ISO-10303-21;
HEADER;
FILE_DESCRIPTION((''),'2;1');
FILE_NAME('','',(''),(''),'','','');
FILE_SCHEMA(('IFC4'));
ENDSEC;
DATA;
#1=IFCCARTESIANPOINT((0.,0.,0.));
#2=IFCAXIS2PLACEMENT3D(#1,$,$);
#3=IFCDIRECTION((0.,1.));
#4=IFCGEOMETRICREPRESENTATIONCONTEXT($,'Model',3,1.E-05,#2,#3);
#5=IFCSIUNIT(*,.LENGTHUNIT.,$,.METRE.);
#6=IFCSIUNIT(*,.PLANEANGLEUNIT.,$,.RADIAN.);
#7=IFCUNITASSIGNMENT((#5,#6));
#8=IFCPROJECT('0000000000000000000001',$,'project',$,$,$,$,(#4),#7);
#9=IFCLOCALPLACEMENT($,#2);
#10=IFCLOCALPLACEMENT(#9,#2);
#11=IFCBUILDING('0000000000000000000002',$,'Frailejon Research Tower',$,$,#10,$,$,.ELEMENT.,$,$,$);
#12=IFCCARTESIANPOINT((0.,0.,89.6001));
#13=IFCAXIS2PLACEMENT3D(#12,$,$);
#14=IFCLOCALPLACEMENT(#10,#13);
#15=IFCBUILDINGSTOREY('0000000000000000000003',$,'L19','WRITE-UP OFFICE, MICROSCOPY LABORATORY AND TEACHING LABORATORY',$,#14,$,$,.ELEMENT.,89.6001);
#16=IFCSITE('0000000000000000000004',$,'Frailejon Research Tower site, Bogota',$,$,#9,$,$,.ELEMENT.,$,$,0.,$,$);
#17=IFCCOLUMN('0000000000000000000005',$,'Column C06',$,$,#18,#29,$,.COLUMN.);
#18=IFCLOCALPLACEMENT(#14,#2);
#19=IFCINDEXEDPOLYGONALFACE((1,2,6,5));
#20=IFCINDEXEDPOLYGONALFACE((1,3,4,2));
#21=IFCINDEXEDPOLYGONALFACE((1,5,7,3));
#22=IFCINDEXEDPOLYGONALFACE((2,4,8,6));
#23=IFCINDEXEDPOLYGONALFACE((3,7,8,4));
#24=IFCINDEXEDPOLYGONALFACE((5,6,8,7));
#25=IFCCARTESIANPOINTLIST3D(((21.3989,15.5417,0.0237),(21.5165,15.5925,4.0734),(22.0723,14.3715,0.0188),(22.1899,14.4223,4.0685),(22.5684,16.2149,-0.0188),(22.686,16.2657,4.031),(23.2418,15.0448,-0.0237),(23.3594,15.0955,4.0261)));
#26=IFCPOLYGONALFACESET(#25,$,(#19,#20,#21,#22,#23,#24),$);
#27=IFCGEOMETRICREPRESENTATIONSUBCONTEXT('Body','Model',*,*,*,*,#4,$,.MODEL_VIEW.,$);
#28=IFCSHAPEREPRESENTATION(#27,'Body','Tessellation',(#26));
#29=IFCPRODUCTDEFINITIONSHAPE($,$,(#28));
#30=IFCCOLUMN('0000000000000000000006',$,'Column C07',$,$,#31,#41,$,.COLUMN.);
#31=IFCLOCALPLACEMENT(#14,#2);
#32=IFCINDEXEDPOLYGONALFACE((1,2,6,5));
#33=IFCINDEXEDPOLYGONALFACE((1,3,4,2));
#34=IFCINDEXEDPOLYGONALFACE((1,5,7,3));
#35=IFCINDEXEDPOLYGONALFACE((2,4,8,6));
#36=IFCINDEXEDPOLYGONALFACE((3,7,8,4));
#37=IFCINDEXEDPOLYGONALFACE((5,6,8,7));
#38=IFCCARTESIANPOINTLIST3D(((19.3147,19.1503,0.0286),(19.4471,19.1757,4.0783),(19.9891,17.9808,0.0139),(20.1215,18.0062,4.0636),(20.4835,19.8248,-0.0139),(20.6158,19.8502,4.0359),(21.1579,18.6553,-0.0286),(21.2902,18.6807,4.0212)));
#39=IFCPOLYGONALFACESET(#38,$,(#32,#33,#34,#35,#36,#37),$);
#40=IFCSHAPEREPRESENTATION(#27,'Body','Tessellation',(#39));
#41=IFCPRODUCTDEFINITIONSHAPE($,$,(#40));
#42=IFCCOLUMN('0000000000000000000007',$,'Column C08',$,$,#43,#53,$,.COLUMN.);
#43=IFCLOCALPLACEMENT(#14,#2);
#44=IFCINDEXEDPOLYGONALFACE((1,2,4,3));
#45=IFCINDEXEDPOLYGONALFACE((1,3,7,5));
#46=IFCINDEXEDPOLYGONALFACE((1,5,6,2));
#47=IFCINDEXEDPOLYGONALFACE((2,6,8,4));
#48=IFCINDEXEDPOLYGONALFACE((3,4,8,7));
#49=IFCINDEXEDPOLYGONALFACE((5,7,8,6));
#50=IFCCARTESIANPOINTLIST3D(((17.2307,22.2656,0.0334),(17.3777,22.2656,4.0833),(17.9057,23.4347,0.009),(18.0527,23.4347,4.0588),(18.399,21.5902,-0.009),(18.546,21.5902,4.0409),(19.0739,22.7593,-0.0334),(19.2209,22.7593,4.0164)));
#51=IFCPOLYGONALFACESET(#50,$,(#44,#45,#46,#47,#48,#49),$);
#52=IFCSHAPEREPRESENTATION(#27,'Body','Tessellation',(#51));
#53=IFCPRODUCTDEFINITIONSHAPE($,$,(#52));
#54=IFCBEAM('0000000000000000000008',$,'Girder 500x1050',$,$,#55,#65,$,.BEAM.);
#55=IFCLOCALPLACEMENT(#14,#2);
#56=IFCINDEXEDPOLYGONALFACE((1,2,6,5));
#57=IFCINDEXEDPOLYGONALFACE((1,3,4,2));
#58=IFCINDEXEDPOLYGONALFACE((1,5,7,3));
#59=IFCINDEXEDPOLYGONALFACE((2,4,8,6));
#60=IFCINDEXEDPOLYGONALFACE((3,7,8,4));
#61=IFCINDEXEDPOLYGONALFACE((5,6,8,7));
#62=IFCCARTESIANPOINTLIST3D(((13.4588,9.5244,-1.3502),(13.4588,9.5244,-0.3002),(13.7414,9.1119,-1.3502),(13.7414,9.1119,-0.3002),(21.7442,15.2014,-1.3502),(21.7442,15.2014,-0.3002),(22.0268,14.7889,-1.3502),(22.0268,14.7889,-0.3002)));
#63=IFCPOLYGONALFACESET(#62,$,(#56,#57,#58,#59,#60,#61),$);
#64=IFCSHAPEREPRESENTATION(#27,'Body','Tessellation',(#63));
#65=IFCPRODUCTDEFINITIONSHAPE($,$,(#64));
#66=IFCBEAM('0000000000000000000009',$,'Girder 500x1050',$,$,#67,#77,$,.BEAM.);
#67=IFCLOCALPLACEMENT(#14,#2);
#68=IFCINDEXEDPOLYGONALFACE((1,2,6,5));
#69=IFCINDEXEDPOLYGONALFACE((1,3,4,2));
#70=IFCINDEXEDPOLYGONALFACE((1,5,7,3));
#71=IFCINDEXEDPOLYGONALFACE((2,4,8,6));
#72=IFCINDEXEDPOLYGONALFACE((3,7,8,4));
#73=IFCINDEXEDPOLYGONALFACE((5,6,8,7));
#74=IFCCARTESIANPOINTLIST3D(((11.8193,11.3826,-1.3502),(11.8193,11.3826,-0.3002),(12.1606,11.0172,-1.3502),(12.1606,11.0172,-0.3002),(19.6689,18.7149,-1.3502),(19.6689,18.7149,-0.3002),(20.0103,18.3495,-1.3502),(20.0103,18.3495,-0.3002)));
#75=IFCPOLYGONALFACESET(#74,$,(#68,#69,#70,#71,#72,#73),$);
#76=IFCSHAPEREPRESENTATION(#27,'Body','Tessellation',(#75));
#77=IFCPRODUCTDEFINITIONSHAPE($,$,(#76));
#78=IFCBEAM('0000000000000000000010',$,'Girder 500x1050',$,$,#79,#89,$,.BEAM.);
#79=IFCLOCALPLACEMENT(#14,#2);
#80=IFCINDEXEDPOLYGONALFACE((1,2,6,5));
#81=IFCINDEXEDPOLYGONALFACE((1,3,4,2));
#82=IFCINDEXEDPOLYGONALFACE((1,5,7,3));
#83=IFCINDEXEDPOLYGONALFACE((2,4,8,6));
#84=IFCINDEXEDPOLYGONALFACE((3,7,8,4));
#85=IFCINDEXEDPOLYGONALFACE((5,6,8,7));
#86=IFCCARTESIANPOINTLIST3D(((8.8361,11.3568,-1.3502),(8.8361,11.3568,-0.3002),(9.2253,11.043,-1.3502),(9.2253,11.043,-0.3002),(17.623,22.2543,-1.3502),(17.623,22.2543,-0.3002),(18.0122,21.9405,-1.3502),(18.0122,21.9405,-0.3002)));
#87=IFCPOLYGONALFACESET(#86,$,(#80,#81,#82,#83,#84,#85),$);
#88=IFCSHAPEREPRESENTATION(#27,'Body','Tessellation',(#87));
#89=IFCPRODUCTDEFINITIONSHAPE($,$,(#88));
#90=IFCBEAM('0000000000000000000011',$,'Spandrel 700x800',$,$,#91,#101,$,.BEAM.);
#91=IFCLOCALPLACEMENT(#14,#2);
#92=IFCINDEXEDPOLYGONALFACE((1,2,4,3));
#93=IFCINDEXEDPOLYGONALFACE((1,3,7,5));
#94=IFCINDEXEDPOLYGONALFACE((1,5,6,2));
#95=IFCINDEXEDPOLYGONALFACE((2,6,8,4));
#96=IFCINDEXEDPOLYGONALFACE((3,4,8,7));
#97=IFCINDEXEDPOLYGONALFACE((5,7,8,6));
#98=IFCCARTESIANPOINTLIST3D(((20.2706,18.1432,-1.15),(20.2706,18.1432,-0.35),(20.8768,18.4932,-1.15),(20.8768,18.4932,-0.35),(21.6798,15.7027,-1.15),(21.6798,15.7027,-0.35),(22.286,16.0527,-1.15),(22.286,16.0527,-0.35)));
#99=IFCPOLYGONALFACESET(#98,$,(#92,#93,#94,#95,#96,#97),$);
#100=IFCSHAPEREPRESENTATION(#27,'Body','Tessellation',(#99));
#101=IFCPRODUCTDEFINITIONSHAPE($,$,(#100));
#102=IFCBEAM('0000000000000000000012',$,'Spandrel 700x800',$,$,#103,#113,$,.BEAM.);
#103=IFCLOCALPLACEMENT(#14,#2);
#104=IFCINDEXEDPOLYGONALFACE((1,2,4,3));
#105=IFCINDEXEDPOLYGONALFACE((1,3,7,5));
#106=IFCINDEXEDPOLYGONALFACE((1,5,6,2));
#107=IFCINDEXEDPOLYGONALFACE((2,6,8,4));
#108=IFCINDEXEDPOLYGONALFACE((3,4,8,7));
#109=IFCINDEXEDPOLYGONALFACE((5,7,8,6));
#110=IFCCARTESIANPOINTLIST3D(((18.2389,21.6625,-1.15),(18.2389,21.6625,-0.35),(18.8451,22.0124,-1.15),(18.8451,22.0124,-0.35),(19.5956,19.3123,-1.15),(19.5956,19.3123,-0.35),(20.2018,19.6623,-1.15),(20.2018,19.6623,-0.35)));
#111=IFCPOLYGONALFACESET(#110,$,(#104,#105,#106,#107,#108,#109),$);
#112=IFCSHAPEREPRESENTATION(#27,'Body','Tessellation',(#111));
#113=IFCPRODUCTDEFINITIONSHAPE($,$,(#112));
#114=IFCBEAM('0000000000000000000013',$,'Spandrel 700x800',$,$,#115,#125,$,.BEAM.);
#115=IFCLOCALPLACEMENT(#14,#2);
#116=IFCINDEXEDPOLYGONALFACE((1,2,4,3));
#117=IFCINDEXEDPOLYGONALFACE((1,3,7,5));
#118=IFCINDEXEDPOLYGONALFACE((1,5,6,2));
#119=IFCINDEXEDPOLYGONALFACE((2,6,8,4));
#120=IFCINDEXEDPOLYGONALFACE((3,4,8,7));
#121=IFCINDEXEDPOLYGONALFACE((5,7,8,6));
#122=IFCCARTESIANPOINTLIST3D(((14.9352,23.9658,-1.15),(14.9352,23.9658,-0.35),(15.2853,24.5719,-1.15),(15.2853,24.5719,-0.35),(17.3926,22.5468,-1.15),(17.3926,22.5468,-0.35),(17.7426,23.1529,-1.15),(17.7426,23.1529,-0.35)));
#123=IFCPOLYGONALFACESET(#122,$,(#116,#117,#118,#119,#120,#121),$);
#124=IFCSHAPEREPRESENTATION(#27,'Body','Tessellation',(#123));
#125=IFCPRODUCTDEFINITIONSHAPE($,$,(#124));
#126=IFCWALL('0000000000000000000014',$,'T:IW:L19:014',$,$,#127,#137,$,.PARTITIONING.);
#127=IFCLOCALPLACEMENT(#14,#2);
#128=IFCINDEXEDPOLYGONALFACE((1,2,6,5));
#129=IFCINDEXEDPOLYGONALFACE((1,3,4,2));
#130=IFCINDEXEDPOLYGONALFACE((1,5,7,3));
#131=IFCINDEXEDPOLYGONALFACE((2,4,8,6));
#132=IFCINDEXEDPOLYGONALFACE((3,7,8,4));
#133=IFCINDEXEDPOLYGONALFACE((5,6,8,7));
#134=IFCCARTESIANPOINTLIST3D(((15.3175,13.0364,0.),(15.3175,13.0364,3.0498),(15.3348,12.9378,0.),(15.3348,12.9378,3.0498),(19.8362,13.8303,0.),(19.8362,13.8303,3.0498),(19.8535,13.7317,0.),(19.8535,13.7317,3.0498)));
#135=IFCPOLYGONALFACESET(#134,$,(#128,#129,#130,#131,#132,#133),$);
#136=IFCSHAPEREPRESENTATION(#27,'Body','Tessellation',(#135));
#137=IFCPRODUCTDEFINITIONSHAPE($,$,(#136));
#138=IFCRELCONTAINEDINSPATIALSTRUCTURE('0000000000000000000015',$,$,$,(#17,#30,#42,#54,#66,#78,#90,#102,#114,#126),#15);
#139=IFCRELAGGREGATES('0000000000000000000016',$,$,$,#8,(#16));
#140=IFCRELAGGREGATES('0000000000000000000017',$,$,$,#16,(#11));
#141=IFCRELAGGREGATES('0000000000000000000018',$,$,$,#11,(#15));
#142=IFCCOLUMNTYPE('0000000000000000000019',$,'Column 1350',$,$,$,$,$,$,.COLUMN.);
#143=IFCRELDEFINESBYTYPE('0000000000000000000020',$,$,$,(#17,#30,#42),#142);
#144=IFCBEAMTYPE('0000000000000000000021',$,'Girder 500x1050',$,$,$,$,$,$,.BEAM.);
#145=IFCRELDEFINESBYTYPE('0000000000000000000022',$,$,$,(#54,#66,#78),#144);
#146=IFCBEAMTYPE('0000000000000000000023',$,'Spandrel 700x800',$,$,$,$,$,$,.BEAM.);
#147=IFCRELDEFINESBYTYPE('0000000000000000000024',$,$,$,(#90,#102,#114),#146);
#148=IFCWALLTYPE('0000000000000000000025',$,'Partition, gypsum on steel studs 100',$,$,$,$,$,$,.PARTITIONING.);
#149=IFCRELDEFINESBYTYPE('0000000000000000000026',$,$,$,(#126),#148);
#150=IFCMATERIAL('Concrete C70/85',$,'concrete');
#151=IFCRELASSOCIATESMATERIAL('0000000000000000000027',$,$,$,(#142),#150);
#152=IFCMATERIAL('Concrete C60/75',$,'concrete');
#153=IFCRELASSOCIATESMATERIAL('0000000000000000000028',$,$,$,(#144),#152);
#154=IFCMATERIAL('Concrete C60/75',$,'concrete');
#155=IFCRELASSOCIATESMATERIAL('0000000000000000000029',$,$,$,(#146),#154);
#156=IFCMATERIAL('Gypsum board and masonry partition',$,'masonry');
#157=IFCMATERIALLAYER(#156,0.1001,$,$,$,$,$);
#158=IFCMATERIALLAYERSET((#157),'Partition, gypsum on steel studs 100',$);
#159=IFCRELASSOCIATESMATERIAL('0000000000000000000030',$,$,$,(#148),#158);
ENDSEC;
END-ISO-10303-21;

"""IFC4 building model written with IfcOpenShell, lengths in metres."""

from ifc_helpers import new_model, si_unit, direction, frame, frame_2d, origin, origin_2d, place, context, subcontext, project, spatial, rectangle, extrude, material, layer, layer_set, material_profile, profile_set, type_object, element, save


model = new_model("IFC4")

# Units and contexts
model_context = context("Model", 3, precision=1e-05, world=origin(), true_north=direction((0.0, 1.0)))
body_context = subcontext(model_context, "Body", "Model", "MODEL_VIEW")
ifc_project = project(units=[si_unit("LENGTHUNIT", "METRE"), si_unit("PLANEANGLEUNIT", "RADIAN")], contexts=[model_context])

# Site, building, storey
site_placement = place(None, origin())
site = spatial("IfcSite", under=ifc_project, at=site_placement, Name="Frailejon Research Tower site, Bogota", CompositionType="ELEMENT", RefElevation=0.0)
building_placement = place(site_placement, origin())
building = spatial("IfcBuilding", under=site, at=building_placement, Name="Frailejon Research Tower", CompositionType="ELEMENT")
storey_placement = place(building_placement, frame((0.0, 0.0, 89.6001)))
storey = spatial("IfcBuildingStorey", under=building, at=storey_placement, Name="L19", Description="WRITE-UP OFFICE, MICROSCOPY LABORATORY AND TEACHING LABORATORY", CompositionType="ELEMENT", Elevation=89.6001)

# Columns
ifc_material_1 = material(Name="Concrete C70/85", Category="concrete")
ifc_material_profile_1 = material_profile(ifc_material_1, rectangle(XDim=1.3501, YDim=1.3501, at=origin_2d()), Name="Column 1350")
ifc_profile_set_1 = profile_set([ifc_material_profile_1], Name="Concrete C70/85")
column_type = type_object("IfcColumnType", Name="Column 1350", PredefinedType="COLUMN", material=ifc_profile_set_1)
column_1_placement = place(storey_placement, frame((22.3203, 15.2932, 0.0), z_axis=(0.029043, 0.012533, 0.9995), x_axis=(-0.498795, 0.866712, 0.003626)))
element("IfcColumn", 1, at=column_1_placement, inside=storey, type_object=column_type, Name="Column C06", PredefinedType="COLUMN", context=body_context, shape_type="SweptSolid", body=[
    extrude(rectangle(XDim=1.3501, YDim=1.3501, at=origin_2d()), origin(), (0.0, 0.0, 1.0), 4.0518),
])
column_2_placement = place(storey_placement, frame((20.2363, 18.9028, 0.0), z_axis=(0.032656, 0.006266, 0.999447), x_axis=(-0.49952, 0.866234, 0.01089)))
element("IfcColumn", 2, at=column_2_placement, inside=storey, type_object=column_type, Name="Column C07", PredefinedType="COLUMN", context=body_context, shape_type="SweptSolid", body=[
    extrude(rectangle(XDim=1.3501, YDim=1.3501, at=origin_2d()), origin(), (0.0, 0.0, 1.0), 4.052),
])
column_3_placement = place(storey_placement, frame((18.1523, 22.5125, 0.0), z_axis=(0.036267, 0.0, 0.999342), x_axis=(-0.865313, 0.500246, 0.031403)))
element("IfcColumn", 3, at=column_3_placement, inside=storey, type_object=column_type, Name="Column C08", PredefinedType="COLUMN", context=body_context, shape_type="SweptSolid", body=[
    extrude(rectangle(XDim=1.3501, YDim=1.3501, at=origin_2d()), origin(), (0.0, 0.0, 1.0), 4.0525),
])

# Beams
ifc_material_2 = material(Name="Concrete C60/75", Category="concrete")
ifc_material_profile_2 = material_profile(ifc_material_2, rectangle(XDim=0.5, YDim=1.05, at=origin_2d()), Name="Girder 500x1050")
ifc_profile_set_2 = profile_set([ifc_material_profile_2], Name="Concrete C60/75")
beam_type_1 = type_object("IfcBeamType", Name="Girder 500x1050", PredefinedType="BEAM", material=ifc_profile_set_2)
beam_1_placement = place(storey_placement, frame((21.8855, 14.9951, -0.8252), z_axis=(-0.824934, -0.565229, 0.0), x_axis=(0.565229, -0.824934, 0.0)))
element("IfcBeam", 4, at=beam_1_placement, inside=storey, type_object=beam_type_1, Name="Girder 500x1050", PredefinedType="BEAM", context=body_context, shape_type="SweptSolid", body=[
    extrude(rectangle(XDim=0.5, YDim=1.05, at=origin_2d()), origin(), (0.0, 0.0, 1.0), 10.0437),
])
beam_2_placement = place(storey_placement, frame((19.8396, 18.5322, -0.8252), z_axis=(-0.730778, -0.682615, 0.0), x_axis=(0.682615, -0.730778, 0.0)))
element("IfcBeam", 5, at=beam_2_placement, inside=storey, type_object=beam_type_1, Name="Girder 500x1050", PredefinedType="BEAM", context=body_context, shape_type="SweptSolid", body=[
    extrude(rectangle(XDim=0.5, YDim=1.05, at=origin_2d()), origin(), (0.0, 0.0, 1.0), 10.7415),
])
beam_3_placement = place(storey_placement, frame((17.8176, 22.0974, -0.8252), z_axis=(-0.627691, -0.778462, 0.0), x_axis=(0.778462, -0.627691, 0.0)))
element("IfcBeam", 6, at=beam_3_placement, inside=storey, type_object=beam_type_1, Name="Girder 500x1050", PredefinedType="BEAM", context=body_context, shape_type="SweptSolid", body=[
    extrude(rectangle(XDim=0.5, YDim=1.05, at=origin_2d()), origin(), (0.0, 0.0, 1.0), 13.9988),
])
ifc_material_3 = material(Name="Concrete C60/75", Category="concrete")
ifc_material_profile_3 = material_profile(ifc_material_3, rectangle(XDim=0.7, YDim=0.8, at=origin_2d()), Name="Spandrel 700x800")
ifc_profile_set_3 = profile_set([ifc_material_profile_3], Name="Concrete C60/75")
beam_type_2 = type_object("IfcBeamType", Name="Spandrel 700x800", PredefinedType="BEAM", material=ifc_profile_set_3)
beam_4_placement = place(storey_placement, frame((21.9829, 15.8777, -0.75), z_axis=(-0.500052, 0.865995, 0.0), x_axis=(-0.865995, -0.500052, 0.0)))
element("IfcBeam", 7, at=beam_4_placement, inside=storey, type_object=beam_type_2, Name="Spandrel 700x800", PredefinedType="BEAM", context=body_context, shape_type="SweptSolid", body=[
    extrude(rectangle(XDim=0.7, YDim=0.8, at=origin_2d()), origin(), (0.0, 0.0, 1.0), 2.8181),
])
beam_5_placement = place(storey_placement, frame((19.8987, 19.4873, -0.75), z_axis=(-0.499961, 0.866048, 0.0), x_axis=(-0.866048, -0.499961, 0.0)))
element("IfcBeam", 8, at=beam_5_placement, inside=storey, type_object=beam_type_2, Name="Spandrel 700x800", PredefinedType="BEAM", context=body_context, shape_type="SweptSolid", body=[
    extrude(rectangle(XDim=0.7, YDim=0.8, at=origin_2d()), origin(), (0.0, 0.0, 1.0), 2.7136),
])
beam_6_placement = place(storey_placement, frame((17.5676, 22.8499, -0.75), z_axis=(-0.865989, 0.500063, 0.0), x_axis=(-0.500063, -0.865989, 0.0)))
element("IfcBeam", 9, at=beam_6_placement, inside=storey, type_object=beam_type_2, Name="Spandrel 700x800", PredefinedType="BEAM", context=body_context, shape_type="SweptSolid", body=[
    extrude(rectangle(XDim=0.7, YDim=0.8, at=origin_2d()), origin(), (0.0, 0.0, 1.0), 2.8376),
])

# Wall
ifc_material_4 = material(Name="Gypsum board and masonry partition", Category="masonry")
ifc_layer_1 = layer(ifc_material_4, 0.1001)
ifc_layer_set_1 = layer_set([ifc_layer_1], Name="Partition, gypsum on steel studs 100")
wall_type_1 = type_object("IfcWallType", Name="Partition, gypsum on steel studs 100", PredefinedType="PARTITIONING", material=ifc_layer_set_1)
wall_1_placement = place(storey_placement, frame((15.3262, 12.9871, 0.0), z_axis=(0.0, 0.0, 1.0), x_axis=(0.984912, 0.173057, 0.0)))
element("IfcWall", 10, at=wall_1_placement, inside=storey, type_object=wall_type_1, Name="T:IW:L19:014", PredefinedType="PARTITIONING", context=body_context, shape_type="SweptSolid", body=[
    extrude(rectangle(XDim=4.5879, YDim=0.1001, at=frame_2d((2.2939, 0.0))), origin(), (0.0, 0.0, 1.0), 3.0498),
])

save(model, "model.ifc")
